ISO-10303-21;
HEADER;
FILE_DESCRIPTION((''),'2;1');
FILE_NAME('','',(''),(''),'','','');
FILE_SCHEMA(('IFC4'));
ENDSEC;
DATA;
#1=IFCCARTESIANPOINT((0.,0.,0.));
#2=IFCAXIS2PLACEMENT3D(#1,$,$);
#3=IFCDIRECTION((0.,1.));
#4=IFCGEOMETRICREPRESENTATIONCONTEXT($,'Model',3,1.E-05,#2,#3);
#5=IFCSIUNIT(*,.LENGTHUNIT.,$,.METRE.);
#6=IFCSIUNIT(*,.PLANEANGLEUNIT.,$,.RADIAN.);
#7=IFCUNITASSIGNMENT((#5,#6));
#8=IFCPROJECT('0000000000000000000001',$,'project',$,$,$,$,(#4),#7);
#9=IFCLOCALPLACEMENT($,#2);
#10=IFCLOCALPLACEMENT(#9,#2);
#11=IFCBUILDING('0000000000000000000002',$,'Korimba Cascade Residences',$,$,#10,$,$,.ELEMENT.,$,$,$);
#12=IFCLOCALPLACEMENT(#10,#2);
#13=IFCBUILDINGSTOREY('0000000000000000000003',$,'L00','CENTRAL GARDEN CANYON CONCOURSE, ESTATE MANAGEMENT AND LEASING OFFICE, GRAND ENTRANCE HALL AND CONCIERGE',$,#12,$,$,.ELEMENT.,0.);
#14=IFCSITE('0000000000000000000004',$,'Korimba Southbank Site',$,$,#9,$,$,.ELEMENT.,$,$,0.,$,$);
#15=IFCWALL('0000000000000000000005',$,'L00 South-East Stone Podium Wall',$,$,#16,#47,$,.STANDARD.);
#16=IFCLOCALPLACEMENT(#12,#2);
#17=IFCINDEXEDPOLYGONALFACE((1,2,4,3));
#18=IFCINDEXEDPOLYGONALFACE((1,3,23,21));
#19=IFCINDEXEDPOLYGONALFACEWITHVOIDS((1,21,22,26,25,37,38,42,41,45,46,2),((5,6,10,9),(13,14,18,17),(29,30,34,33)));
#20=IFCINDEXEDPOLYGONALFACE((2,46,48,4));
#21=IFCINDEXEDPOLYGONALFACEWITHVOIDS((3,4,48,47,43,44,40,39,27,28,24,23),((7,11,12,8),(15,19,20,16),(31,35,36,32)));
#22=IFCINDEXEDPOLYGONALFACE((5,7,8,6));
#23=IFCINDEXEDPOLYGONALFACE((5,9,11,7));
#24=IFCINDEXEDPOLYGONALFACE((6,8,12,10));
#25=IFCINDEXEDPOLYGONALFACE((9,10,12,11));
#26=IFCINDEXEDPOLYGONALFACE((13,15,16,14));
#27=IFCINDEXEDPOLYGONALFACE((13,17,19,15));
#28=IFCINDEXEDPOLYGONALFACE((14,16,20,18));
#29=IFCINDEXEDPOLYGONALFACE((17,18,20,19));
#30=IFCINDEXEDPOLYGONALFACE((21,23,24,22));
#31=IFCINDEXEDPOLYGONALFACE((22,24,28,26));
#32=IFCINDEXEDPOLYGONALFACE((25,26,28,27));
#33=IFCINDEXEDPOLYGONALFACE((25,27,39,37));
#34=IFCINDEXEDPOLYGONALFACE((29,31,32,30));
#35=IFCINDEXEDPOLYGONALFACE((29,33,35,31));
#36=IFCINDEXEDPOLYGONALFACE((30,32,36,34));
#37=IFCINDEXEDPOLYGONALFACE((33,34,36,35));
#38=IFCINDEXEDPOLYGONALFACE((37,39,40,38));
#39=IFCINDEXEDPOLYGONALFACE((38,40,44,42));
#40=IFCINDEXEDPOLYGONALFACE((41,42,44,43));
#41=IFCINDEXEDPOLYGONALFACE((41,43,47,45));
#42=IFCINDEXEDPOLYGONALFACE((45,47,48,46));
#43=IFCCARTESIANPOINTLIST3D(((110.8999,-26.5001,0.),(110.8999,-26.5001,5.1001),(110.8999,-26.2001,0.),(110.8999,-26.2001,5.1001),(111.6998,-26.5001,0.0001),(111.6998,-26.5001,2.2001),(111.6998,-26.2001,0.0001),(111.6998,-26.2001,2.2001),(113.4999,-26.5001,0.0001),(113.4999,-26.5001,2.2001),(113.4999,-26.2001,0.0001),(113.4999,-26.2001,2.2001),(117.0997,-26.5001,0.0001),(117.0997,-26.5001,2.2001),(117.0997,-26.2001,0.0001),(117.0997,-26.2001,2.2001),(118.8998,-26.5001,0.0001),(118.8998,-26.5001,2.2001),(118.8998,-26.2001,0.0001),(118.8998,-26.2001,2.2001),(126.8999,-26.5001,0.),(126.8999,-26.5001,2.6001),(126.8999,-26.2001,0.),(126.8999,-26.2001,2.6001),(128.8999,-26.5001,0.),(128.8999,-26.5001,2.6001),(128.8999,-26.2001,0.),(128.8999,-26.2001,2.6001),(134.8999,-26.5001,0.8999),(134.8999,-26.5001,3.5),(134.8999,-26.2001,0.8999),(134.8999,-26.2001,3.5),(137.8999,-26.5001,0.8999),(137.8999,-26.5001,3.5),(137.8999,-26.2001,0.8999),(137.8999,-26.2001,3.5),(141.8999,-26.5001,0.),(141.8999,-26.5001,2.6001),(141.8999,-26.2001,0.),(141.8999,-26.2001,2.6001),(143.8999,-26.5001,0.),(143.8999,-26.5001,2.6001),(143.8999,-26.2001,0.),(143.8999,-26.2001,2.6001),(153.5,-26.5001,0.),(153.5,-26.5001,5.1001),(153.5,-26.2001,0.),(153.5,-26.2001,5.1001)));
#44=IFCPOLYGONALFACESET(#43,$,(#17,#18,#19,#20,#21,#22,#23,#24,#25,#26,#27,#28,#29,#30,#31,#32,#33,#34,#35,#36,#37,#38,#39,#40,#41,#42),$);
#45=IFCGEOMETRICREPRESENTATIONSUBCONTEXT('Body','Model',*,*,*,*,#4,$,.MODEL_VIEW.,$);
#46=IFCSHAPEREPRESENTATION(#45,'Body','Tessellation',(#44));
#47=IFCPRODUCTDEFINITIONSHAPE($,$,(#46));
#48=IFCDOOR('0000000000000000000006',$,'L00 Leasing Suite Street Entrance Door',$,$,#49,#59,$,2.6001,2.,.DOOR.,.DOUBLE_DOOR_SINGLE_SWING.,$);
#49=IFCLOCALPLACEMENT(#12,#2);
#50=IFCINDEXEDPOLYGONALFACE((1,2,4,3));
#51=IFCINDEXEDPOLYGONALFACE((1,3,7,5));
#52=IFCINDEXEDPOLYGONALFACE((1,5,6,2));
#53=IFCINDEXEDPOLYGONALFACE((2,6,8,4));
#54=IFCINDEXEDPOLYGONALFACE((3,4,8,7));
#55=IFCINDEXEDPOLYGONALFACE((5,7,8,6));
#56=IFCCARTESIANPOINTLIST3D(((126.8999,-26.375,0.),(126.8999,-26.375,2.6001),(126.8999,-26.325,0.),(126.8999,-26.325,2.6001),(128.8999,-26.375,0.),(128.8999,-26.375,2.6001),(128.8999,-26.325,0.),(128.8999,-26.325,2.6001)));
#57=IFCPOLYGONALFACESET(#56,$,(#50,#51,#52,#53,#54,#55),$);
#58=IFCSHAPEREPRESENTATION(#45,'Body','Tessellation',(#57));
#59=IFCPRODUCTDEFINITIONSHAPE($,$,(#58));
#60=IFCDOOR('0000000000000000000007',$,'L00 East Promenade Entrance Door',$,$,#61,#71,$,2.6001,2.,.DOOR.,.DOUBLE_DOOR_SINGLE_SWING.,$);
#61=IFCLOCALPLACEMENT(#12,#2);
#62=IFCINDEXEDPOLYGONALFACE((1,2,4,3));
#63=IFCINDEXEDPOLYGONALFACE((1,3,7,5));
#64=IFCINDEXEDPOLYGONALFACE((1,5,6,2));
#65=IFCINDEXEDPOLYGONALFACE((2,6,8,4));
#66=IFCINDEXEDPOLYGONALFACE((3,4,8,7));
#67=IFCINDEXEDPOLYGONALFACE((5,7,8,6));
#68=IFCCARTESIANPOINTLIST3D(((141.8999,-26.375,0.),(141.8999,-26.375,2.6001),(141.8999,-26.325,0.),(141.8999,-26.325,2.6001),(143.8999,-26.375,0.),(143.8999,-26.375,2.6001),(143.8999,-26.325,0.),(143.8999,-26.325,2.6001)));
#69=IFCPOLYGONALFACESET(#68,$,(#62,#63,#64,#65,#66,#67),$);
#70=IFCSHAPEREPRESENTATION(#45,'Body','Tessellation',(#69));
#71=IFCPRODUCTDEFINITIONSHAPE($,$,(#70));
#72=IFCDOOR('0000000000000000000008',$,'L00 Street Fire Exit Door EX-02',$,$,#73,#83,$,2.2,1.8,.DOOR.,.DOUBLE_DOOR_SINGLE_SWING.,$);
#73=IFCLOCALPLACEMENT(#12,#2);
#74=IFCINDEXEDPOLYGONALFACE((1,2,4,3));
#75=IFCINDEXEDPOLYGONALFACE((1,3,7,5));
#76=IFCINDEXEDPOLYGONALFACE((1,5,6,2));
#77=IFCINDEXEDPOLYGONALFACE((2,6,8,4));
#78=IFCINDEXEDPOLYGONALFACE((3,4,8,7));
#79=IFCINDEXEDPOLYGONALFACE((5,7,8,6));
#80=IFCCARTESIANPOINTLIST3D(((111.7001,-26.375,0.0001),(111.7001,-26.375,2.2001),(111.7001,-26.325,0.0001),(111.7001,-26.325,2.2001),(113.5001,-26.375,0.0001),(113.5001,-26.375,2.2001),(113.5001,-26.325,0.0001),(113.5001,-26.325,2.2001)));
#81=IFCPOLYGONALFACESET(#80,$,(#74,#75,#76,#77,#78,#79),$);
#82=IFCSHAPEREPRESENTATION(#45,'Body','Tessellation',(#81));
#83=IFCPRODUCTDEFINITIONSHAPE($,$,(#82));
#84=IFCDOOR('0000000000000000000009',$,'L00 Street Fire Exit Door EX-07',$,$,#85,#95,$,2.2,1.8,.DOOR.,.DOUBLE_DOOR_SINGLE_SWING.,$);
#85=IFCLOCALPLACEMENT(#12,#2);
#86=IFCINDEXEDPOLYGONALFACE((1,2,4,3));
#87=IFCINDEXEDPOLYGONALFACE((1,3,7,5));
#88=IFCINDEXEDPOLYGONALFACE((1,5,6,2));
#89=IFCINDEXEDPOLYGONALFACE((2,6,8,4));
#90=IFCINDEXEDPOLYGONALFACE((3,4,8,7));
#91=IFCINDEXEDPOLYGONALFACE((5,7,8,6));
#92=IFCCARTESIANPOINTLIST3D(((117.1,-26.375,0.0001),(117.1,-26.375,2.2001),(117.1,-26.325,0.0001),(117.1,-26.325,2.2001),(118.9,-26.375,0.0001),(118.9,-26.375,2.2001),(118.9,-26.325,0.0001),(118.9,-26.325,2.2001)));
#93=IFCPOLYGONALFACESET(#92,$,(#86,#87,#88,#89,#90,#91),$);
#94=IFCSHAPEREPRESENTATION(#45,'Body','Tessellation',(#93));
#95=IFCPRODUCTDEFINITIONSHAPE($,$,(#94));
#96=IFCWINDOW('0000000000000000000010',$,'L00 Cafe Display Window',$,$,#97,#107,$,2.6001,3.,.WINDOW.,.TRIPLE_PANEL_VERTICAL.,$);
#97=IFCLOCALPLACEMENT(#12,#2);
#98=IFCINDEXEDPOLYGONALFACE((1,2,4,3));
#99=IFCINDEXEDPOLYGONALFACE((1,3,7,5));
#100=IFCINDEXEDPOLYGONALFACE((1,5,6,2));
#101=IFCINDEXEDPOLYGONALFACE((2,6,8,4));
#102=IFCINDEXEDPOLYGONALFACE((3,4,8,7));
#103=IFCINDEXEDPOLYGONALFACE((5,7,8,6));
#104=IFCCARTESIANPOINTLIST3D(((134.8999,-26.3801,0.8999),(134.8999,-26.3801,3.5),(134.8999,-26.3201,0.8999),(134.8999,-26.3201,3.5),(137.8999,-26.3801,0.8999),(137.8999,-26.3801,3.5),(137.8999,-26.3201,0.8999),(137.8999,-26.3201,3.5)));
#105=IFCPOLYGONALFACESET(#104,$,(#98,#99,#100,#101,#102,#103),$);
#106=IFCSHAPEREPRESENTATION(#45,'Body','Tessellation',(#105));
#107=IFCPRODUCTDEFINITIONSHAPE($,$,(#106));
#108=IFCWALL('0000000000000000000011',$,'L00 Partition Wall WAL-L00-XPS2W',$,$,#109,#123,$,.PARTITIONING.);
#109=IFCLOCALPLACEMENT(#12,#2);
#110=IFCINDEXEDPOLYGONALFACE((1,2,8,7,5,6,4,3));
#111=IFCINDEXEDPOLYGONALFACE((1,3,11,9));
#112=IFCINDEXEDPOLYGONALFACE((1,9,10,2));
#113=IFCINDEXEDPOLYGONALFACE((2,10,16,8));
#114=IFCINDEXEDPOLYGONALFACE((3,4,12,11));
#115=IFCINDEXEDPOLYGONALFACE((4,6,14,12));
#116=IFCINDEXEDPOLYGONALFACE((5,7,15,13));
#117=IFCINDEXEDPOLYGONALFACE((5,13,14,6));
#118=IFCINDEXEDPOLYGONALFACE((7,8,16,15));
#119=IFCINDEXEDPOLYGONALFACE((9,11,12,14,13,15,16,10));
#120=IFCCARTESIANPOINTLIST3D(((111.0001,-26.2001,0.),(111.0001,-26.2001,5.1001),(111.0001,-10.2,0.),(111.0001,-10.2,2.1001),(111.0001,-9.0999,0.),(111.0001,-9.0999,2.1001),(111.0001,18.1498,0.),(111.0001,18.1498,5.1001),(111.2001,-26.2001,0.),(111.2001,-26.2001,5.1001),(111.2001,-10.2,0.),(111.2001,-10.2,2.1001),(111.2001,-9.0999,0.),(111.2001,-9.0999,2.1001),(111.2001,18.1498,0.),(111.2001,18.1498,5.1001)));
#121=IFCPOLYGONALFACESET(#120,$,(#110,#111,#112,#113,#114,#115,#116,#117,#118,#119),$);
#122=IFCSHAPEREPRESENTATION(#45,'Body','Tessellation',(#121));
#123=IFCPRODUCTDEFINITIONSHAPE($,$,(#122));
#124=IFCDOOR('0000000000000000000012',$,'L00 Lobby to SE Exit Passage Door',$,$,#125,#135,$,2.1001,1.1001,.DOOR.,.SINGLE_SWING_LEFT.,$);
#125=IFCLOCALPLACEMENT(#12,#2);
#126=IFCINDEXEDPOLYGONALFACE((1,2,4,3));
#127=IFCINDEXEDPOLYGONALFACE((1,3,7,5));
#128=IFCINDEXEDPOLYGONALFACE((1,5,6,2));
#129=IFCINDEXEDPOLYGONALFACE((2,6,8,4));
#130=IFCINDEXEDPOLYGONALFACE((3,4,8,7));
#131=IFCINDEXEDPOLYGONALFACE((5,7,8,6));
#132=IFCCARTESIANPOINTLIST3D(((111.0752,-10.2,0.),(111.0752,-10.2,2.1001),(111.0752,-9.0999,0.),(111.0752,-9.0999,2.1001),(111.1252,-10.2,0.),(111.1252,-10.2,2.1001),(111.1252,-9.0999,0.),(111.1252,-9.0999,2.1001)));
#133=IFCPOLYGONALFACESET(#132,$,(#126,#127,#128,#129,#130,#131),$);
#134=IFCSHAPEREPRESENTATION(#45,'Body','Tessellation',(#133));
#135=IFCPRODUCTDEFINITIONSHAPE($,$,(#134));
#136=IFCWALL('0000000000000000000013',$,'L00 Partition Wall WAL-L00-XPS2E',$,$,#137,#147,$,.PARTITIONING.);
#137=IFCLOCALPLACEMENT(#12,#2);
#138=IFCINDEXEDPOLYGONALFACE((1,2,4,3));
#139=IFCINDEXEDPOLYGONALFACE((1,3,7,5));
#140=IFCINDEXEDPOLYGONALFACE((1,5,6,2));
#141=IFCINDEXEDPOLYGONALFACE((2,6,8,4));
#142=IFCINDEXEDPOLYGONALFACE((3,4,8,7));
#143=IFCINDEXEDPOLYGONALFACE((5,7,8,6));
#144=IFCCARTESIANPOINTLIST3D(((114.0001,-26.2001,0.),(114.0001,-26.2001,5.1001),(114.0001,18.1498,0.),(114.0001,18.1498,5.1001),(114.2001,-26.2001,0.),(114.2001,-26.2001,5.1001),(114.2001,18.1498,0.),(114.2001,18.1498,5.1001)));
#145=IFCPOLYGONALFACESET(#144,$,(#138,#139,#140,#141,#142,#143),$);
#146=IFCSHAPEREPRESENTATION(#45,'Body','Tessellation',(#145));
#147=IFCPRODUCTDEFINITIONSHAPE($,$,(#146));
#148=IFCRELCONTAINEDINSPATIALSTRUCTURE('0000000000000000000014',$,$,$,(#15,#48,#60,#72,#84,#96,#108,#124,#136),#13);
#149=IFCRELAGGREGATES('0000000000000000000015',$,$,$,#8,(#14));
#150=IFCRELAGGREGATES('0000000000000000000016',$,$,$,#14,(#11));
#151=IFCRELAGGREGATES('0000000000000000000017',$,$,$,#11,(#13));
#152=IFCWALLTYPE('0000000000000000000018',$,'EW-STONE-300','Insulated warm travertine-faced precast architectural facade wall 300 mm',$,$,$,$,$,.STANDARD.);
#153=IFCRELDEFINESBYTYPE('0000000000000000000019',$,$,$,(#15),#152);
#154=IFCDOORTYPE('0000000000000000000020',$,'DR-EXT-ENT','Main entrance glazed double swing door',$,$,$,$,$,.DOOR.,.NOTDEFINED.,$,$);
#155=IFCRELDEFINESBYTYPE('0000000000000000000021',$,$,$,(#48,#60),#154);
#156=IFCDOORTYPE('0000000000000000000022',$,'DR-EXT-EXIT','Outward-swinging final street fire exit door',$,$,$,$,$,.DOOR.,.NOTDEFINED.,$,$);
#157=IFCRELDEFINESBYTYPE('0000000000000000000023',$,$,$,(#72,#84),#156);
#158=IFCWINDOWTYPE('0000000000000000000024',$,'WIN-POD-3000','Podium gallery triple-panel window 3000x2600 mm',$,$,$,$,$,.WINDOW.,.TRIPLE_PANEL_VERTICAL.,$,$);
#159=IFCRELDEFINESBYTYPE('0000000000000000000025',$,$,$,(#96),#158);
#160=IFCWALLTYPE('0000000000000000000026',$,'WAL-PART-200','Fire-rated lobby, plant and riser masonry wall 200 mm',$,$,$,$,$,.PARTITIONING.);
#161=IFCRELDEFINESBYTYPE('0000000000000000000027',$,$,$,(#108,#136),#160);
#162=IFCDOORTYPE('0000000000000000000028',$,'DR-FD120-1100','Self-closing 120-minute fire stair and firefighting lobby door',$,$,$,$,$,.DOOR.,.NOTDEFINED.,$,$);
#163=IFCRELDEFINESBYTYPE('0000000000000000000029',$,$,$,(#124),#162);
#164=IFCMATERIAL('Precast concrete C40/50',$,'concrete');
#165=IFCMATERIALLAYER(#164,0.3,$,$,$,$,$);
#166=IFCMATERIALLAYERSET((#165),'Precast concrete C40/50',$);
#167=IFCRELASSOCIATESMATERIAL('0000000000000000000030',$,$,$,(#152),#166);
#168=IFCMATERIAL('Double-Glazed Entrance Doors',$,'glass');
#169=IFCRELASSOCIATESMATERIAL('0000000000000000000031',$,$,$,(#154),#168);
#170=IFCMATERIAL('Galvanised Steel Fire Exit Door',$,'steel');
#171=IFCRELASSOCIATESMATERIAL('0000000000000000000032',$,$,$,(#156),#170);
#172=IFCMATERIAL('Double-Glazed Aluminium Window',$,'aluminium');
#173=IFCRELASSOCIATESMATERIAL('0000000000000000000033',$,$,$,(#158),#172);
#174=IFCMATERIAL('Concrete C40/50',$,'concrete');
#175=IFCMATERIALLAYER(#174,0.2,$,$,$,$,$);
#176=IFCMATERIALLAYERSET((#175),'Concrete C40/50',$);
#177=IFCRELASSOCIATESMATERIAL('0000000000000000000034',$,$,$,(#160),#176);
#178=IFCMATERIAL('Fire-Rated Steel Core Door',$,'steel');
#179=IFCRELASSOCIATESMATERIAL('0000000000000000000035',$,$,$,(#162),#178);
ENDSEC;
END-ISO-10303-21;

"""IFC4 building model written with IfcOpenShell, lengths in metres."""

from ifc_helpers import new_model, si_unit, direction, frame, frame_2d, origin, place, context, subcontext, project, spatial, rectangle, extrude, material, layer, layer_set, type_object, element, fill, save


model = new_model("IFC4")

# Units and contexts
model_context = context("Model", 3, precision=1e-05, world=origin(), true_north=direction((0.0, 1.0)))
body_context = subcontext(model_context, "Body", "Model", "MODEL_VIEW")
ifc_project = project(units=[si_unit("LENGTHUNIT", "METRE"), si_unit("PLANEANGLEUNIT", "RADIAN")], contexts=[model_context])

# Site, building, storey
site_placement = place(None, origin())
site = spatial("IfcSite", under=ifc_project, at=site_placement, Name="Korimba Southbank Site", CompositionType="ELEMENT", RefElevation=0.0)
building_placement = place(site_placement, origin())
building = spatial("IfcBuilding", under=site, at=building_placement, Name="Korimba Cascade Residences", CompositionType="ELEMENT")
storey_placement = place(building_placement, origin())
storey = spatial("IfcBuildingStorey", under=building, at=storey_placement, Name="L00", Description="CENTRAL GARDEN CANYON CONCOURSE, ESTATE MANAGEMENT AND LEASING OFFICE, GRAND ENTRANCE HALL AND CONCIERGE", CompositionType="ELEMENT", Elevation=0.0)

# Wall, openings, doors, window
ifc_material_1 = material(Name="Precast concrete C40/50", Category="concrete")
ifc_layer_1 = layer(ifc_material_1, 0.3)
ifc_layer_set_1 = layer_set([ifc_layer_1], Name="Precast concrete C40/50")
wall_type_1 = type_object("IfcWallType", Name="EW-STONE-300", Description="Insulated warm travertine-faced precast architectural facade wall 300 mm", PredefinedType="STANDARD", material=ifc_layer_set_1)
wall_1_placement = place(storey_placement, frame((110.8999, -26.3501, 0.0), z_axis=(0.0, 0.0, 1.0), x_axis=(1.0, 0.0, 0.0)))
wall_1 = element("IfcWall", 1, at=wall_1_placement, inside=storey, type_object=wall_type_1, Name="L00 South-East Stone Podium Wall", PredefinedType="STANDARD", context=body_context, shape_type="SweptSolid", body=[
    extrude(rectangle(XDim=42.6001, YDim=0.3, at=frame_2d((21.3, 0.0))), origin(), (0.0, 0.0, 1.0), 5.1001),
])
opening_1_placement = place(wall_1_placement, frame((0.8, 0.0, 0.0)))
opening_1 = element("IfcOpeningElement", 2, at=opening_1_placement, cuts=wall_1, PredefinedType="OPENING", context=body_context, shape_type="SweptSolid", body=[
    extrude(rectangle(XDim=1.8, YDim=2.2, at=frame_2d((0.8999, 1.1001))), frame((0.0, 0.1602, 0.0), z_axis=(0.0, -1.0, 0.0), x_axis=(1.0, 0.0, 0.0)), (0.0, 0.0, 1.0), 0.3201),
])
opening_2_placement = place(wall_1_placement, frame((6.2, 0.0, 0.0)))
opening_2 = element("IfcOpeningElement", 3, at=opening_2_placement, cuts=wall_1, PredefinedType="OPENING", context=body_context, shape_type="SweptSolid", body=[
    extrude(rectangle(XDim=1.8, YDim=2.2, at=frame_2d((0.8999, 1.1001))), frame((0.0, 0.1602, 0.0), z_axis=(0.0, -1.0, 0.0), x_axis=(1.0, 0.0, 0.0)), (0.0, 0.0, 1.0), 0.3201),
])
opening_3_placement = place(wall_1_placement, frame((16.0, 0.0, 0.0)))
opening_3 = element("IfcOpeningElement", 4, at=opening_3_placement, cuts=wall_1, PredefinedType="OPENING", context=body_context, shape_type="SweptSolid", body=[
    extrude(rectangle(XDim=2.0, YDim=2.6001, at=frame_2d((1.0, 1.3))), frame((0.0, 0.1602, 0.0), z_axis=(0.0, -1.0, 0.0), x_axis=(1.0, 0.0, 0.0)), (0.0, 0.0, 1.0), 0.3201),
])
opening_4_placement = place(wall_1_placement, frame((31.0, 0.0, 0.0)))
opening_4 = element("IfcOpeningElement", 5, at=opening_4_placement, cuts=wall_1, PredefinedType="OPENING", context=body_context, shape_type="SweptSolid", body=[
    extrude(rectangle(XDim=2.0, YDim=2.6001, at=frame_2d((1.0, 1.3))), frame((0.0, 0.1602, 0.0), z_axis=(0.0, -1.0, 0.0), x_axis=(1.0, 0.0, 0.0)), (0.0, 0.0, 1.0), 0.3201),
])
opening_5_placement = place(wall_1_placement, frame((24.0, 0.0, 0.8999)))
opening_5 = element("IfcOpeningElement", 6, at=opening_5_placement, cuts=wall_1, PredefinedType="OPENING", context=body_context, shape_type="SweptSolid", body=[
    extrude(rectangle(XDim=3.0, YDim=2.6001, at=frame_2d((1.5, 1.3))), frame((0.0, 0.1602, 0.0), z_axis=(0.0, -1.0, 0.0), x_axis=(1.0, 0.0, 0.0)), (0.0, 0.0, 1.0), 0.3201),
])
ifc_material_2 = material(Name="Double-Glazed Entrance Doors", Category="glass")
door_type_1 = type_object("IfcDoorType", Name="DR-EXT-ENT", Description="Main entrance glazed double swing door", OperationType="NOTDEFINED", PredefinedType="DOOR", material=ifc_material_2)
door_1_placement = place(opening_3_placement, frame((2.0, 0.0, 0.0), z_axis=(0.0, 0.0, 1.0), x_axis=(-1.0, 0.0, 0.0)))
door_1 = element("IfcDoor", 7, at=door_1_placement, inside=storey, type_object=door_type_1, Name="L00 Leasing Suite Street Entrance Door", OperationType="DOUBLE_DOOR_SINGLE_SWING", OverallHeight=2.6001, OverallWidth=2.0, PredefinedType="DOOR", context=body_context, shape_type="SweptSolid", body=[
    extrude(rectangle(XDim=2.0, YDim=2.6001, at=frame_2d((1.0, 1.3))), frame((0.0, 0.0249, 0.0), z_axis=(0.0, -1.0, 0.0), x_axis=(1.0, 0.0, 0.0)), (0.0, 0.0, 1.0), 0.05),
])
fill(opening_3, door_1)
door_2_placement = place(opening_4_placement, frame((2.0, 0.0, 0.0), z_axis=(0.0, 0.0, 1.0), x_axis=(-1.0, 0.0, 0.0)))
door_2 = element("IfcDoor", 8, at=door_2_placement, inside=storey, type_object=door_type_1, Name="L00 East Promenade Entrance Door", OperationType="DOUBLE_DOOR_SINGLE_SWING", OverallHeight=2.6001, OverallWidth=2.0, PredefinedType="DOOR", context=body_context, shape_type="SweptSolid", body=[
    extrude(rectangle(XDim=2.0, YDim=2.6001, at=frame_2d((1.0, 1.3))), frame((0.0, 0.0249, 0.0), z_axis=(0.0, -1.0, 0.0), x_axis=(1.0, 0.0, 0.0)), (0.0, 0.0, 1.0), 0.05),
])
fill(opening_4, door_2)
ifc_material_3 = material(Name="Galvanised Steel Fire Exit Door", Category="steel")
door_type_2 = type_object("IfcDoorType", Name="DR-EXT-EXIT", Description="Outward-swinging final street fire exit door", OperationType="NOTDEFINED", PredefinedType="DOOR", material=ifc_material_3)
door_3_placement = place(opening_1_placement, frame((1.8, 0.0, 0.0), z_axis=(0.0, 0.0, 1.0), x_axis=(-1.0, 0.0, 0.0)))
door_3 = element("IfcDoor", 9, at=door_3_placement, inside=storey, type_object=door_type_2, Name="L00 Street Fire Exit Door EX-02", OperationType="DOUBLE_DOOR_SINGLE_SWING", OverallHeight=2.2, OverallWidth=1.8, PredefinedType="DOOR", context=body_context, shape_type="SweptSolid", body=[
    extrude(rectangle(XDim=1.8, YDim=2.2, at=frame_2d((0.8999, 1.1001))), frame((0.0, 0.0249, 0.0), z_axis=(0.0, -1.0, 0.0), x_axis=(1.0, 0.0, 0.0)), (0.0, 0.0, 1.0), 0.05),
])
fill(opening_1, door_3)
door_4_placement = place(opening_2_placement, frame((1.8, 0.0, 0.0), z_axis=(0.0, 0.0, 1.0), x_axis=(-1.0, 0.0, 0.0)))
door_4 = element("IfcDoor", 10, at=door_4_placement, inside=storey, type_object=door_type_2, Name="L00 Street Fire Exit Door EX-07", OperationType="DOUBLE_DOOR_SINGLE_SWING", OverallHeight=2.2, OverallWidth=1.8, PredefinedType="DOOR", context=body_context, shape_type="SweptSolid", body=[
    extrude(rectangle(XDim=1.8, YDim=2.2, at=frame_2d((0.8999, 1.1001))), frame((0.0, 0.0249, 0.0), z_axis=(0.0, -1.0, 0.0), x_axis=(1.0, 0.0, 0.0)), (0.0, 0.0, 1.0), 0.05),
])
fill(opening_2, door_4)
ifc_material_4 = material(Name="Double-Glazed Aluminium Window", Category="aluminium")
window_type = type_object("IfcWindowType", Name="WIN-POD-3000", Description="Podium gallery triple-panel window 3000x2600 mm", PartitioningType="TRIPLE_PANEL_VERTICAL", PredefinedType="WINDOW", material=ifc_material_4)
window_placement = place(opening_5_placement, origin())
window = element("IfcWindow", 11, at=window_placement, inside=storey, type_object=window_type, Name="L00 Cafe Display Window", OverallHeight=2.6001, OverallWidth=3.0, PartitioningType="TRIPLE_PANEL_VERTICAL", PredefinedType="WINDOW", context=body_context, shape_type="SweptSolid", body=[
    extrude(rectangle(XDim=3.0, YDim=2.6001, at=frame_2d((1.5, 1.3))), frame((0.0, 0.03, 0.0), z_axis=(0.0, -1.0, 0.0), x_axis=(1.0, 0.0, 0.0)), (0.0, 0.0, 1.0), 0.0601),
])
fill(opening_5, window)

# Wall, opening, door
ifc_material_5 = material(Name="Concrete C40/50", Category="concrete")
ifc_layer_2 = layer(ifc_material_5, 0.2)
ifc_layer_set_2 = layer_set([ifc_layer_2], Name="Concrete C40/50")
wall_type_2 = type_object("IfcWallType", Name="WAL-PART-200", Description="Fire-rated lobby, plant and riser masonry wall 200 mm", PredefinedType="PARTITIONING", material=ifc_layer_set_2)
wall_2_placement = place(storey_placement, frame((111.1001, -26.2, 0.0), z_axis=(0.0, 0.0, 1.0), x_axis=(0.0, 1.0, 0.0)))
wall_2 = element("IfcWall", 12, at=wall_2_placement, inside=storey, type_object=wall_type_2, Name="L00 Partition Wall WAL-L00-XPS2W", PredefinedType="PARTITIONING", context=body_context, shape_type="SweptSolid", body=[
    extrude(rectangle(XDim=44.3499, YDim=0.2, at=frame_2d((22.1748, 0.0))), origin(), (0.0, 0.0, 1.0), 5.1001),
])
opening_6_placement = place(wall_2_placement, frame((16.0, 0.0, 0.0)))
opening_6 = element("IfcOpeningElement", 13, at=opening_6_placement, cuts=wall_2, PredefinedType="OPENING", context=body_context, shape_type="SweptSolid", body=[
    extrude(rectangle(XDim=1.1001, YDim=2.1001, at=frame_2d((0.55, 1.05))), frame((0.0, 0.1099, 0.0), z_axis=(0.0, -1.0, 0.0), x_axis=(1.0, 0.0, 0.0)), (0.0, 0.0, 1.0), 0.22),
])
ifc_material_6 = material(Name="Fire-Rated Steel Core Door", Category="steel")
door_type_3 = type_object("IfcDoorType", Name="DR-FD120-1100", Description="Self-closing 120-minute fire stair and firefighting lobby door", OperationType="NOTDEFINED", PredefinedType="DOOR", material=ifc_material_6)
door_5_placement = place(opening_6_placement, origin())
door_5 = element("IfcDoor", 14, at=door_5_placement, inside=storey, type_object=door_type_3, Name="L00 Lobby to SE Exit Passage Door", OperationType="SINGLE_SWING_LEFT", OverallHeight=2.1001, OverallWidth=1.1001, PredefinedType="DOOR", context=body_context, shape_type="SweptSolid", body=[
    extrude(rectangle(XDim=1.1001, YDim=2.1001, at=frame_2d((0.55, 1.05))), frame((0.0, 0.0249, 0.0), z_axis=(0.0, -1.0, 0.0), x_axis=(1.0, 0.0, 0.0)), (0.0, 0.0, 1.0), 0.05),
])
fill(opening_6, door_5)

# Wall
wall_3_placement = place(storey_placement, frame((114.1001, -26.2, 0.0), z_axis=(0.0, 0.0, 1.0), x_axis=(0.0, 1.0, 0.0)))
element("IfcWall", 15, at=wall_3_placement, inside=storey, type_object=wall_type_2, Name="L00 Partition Wall WAL-L00-XPS2E", PredefinedType="PARTITIONING", context=body_context, shape_type="SweptSolid", body=[
    extrude(rectangle(XDim=44.3499, YDim=0.2, at=frame_2d((22.1748, 0.0))), origin(), (0.0, 0.0, 1.0), 5.1001),
])

save(model, "model.ifc")
